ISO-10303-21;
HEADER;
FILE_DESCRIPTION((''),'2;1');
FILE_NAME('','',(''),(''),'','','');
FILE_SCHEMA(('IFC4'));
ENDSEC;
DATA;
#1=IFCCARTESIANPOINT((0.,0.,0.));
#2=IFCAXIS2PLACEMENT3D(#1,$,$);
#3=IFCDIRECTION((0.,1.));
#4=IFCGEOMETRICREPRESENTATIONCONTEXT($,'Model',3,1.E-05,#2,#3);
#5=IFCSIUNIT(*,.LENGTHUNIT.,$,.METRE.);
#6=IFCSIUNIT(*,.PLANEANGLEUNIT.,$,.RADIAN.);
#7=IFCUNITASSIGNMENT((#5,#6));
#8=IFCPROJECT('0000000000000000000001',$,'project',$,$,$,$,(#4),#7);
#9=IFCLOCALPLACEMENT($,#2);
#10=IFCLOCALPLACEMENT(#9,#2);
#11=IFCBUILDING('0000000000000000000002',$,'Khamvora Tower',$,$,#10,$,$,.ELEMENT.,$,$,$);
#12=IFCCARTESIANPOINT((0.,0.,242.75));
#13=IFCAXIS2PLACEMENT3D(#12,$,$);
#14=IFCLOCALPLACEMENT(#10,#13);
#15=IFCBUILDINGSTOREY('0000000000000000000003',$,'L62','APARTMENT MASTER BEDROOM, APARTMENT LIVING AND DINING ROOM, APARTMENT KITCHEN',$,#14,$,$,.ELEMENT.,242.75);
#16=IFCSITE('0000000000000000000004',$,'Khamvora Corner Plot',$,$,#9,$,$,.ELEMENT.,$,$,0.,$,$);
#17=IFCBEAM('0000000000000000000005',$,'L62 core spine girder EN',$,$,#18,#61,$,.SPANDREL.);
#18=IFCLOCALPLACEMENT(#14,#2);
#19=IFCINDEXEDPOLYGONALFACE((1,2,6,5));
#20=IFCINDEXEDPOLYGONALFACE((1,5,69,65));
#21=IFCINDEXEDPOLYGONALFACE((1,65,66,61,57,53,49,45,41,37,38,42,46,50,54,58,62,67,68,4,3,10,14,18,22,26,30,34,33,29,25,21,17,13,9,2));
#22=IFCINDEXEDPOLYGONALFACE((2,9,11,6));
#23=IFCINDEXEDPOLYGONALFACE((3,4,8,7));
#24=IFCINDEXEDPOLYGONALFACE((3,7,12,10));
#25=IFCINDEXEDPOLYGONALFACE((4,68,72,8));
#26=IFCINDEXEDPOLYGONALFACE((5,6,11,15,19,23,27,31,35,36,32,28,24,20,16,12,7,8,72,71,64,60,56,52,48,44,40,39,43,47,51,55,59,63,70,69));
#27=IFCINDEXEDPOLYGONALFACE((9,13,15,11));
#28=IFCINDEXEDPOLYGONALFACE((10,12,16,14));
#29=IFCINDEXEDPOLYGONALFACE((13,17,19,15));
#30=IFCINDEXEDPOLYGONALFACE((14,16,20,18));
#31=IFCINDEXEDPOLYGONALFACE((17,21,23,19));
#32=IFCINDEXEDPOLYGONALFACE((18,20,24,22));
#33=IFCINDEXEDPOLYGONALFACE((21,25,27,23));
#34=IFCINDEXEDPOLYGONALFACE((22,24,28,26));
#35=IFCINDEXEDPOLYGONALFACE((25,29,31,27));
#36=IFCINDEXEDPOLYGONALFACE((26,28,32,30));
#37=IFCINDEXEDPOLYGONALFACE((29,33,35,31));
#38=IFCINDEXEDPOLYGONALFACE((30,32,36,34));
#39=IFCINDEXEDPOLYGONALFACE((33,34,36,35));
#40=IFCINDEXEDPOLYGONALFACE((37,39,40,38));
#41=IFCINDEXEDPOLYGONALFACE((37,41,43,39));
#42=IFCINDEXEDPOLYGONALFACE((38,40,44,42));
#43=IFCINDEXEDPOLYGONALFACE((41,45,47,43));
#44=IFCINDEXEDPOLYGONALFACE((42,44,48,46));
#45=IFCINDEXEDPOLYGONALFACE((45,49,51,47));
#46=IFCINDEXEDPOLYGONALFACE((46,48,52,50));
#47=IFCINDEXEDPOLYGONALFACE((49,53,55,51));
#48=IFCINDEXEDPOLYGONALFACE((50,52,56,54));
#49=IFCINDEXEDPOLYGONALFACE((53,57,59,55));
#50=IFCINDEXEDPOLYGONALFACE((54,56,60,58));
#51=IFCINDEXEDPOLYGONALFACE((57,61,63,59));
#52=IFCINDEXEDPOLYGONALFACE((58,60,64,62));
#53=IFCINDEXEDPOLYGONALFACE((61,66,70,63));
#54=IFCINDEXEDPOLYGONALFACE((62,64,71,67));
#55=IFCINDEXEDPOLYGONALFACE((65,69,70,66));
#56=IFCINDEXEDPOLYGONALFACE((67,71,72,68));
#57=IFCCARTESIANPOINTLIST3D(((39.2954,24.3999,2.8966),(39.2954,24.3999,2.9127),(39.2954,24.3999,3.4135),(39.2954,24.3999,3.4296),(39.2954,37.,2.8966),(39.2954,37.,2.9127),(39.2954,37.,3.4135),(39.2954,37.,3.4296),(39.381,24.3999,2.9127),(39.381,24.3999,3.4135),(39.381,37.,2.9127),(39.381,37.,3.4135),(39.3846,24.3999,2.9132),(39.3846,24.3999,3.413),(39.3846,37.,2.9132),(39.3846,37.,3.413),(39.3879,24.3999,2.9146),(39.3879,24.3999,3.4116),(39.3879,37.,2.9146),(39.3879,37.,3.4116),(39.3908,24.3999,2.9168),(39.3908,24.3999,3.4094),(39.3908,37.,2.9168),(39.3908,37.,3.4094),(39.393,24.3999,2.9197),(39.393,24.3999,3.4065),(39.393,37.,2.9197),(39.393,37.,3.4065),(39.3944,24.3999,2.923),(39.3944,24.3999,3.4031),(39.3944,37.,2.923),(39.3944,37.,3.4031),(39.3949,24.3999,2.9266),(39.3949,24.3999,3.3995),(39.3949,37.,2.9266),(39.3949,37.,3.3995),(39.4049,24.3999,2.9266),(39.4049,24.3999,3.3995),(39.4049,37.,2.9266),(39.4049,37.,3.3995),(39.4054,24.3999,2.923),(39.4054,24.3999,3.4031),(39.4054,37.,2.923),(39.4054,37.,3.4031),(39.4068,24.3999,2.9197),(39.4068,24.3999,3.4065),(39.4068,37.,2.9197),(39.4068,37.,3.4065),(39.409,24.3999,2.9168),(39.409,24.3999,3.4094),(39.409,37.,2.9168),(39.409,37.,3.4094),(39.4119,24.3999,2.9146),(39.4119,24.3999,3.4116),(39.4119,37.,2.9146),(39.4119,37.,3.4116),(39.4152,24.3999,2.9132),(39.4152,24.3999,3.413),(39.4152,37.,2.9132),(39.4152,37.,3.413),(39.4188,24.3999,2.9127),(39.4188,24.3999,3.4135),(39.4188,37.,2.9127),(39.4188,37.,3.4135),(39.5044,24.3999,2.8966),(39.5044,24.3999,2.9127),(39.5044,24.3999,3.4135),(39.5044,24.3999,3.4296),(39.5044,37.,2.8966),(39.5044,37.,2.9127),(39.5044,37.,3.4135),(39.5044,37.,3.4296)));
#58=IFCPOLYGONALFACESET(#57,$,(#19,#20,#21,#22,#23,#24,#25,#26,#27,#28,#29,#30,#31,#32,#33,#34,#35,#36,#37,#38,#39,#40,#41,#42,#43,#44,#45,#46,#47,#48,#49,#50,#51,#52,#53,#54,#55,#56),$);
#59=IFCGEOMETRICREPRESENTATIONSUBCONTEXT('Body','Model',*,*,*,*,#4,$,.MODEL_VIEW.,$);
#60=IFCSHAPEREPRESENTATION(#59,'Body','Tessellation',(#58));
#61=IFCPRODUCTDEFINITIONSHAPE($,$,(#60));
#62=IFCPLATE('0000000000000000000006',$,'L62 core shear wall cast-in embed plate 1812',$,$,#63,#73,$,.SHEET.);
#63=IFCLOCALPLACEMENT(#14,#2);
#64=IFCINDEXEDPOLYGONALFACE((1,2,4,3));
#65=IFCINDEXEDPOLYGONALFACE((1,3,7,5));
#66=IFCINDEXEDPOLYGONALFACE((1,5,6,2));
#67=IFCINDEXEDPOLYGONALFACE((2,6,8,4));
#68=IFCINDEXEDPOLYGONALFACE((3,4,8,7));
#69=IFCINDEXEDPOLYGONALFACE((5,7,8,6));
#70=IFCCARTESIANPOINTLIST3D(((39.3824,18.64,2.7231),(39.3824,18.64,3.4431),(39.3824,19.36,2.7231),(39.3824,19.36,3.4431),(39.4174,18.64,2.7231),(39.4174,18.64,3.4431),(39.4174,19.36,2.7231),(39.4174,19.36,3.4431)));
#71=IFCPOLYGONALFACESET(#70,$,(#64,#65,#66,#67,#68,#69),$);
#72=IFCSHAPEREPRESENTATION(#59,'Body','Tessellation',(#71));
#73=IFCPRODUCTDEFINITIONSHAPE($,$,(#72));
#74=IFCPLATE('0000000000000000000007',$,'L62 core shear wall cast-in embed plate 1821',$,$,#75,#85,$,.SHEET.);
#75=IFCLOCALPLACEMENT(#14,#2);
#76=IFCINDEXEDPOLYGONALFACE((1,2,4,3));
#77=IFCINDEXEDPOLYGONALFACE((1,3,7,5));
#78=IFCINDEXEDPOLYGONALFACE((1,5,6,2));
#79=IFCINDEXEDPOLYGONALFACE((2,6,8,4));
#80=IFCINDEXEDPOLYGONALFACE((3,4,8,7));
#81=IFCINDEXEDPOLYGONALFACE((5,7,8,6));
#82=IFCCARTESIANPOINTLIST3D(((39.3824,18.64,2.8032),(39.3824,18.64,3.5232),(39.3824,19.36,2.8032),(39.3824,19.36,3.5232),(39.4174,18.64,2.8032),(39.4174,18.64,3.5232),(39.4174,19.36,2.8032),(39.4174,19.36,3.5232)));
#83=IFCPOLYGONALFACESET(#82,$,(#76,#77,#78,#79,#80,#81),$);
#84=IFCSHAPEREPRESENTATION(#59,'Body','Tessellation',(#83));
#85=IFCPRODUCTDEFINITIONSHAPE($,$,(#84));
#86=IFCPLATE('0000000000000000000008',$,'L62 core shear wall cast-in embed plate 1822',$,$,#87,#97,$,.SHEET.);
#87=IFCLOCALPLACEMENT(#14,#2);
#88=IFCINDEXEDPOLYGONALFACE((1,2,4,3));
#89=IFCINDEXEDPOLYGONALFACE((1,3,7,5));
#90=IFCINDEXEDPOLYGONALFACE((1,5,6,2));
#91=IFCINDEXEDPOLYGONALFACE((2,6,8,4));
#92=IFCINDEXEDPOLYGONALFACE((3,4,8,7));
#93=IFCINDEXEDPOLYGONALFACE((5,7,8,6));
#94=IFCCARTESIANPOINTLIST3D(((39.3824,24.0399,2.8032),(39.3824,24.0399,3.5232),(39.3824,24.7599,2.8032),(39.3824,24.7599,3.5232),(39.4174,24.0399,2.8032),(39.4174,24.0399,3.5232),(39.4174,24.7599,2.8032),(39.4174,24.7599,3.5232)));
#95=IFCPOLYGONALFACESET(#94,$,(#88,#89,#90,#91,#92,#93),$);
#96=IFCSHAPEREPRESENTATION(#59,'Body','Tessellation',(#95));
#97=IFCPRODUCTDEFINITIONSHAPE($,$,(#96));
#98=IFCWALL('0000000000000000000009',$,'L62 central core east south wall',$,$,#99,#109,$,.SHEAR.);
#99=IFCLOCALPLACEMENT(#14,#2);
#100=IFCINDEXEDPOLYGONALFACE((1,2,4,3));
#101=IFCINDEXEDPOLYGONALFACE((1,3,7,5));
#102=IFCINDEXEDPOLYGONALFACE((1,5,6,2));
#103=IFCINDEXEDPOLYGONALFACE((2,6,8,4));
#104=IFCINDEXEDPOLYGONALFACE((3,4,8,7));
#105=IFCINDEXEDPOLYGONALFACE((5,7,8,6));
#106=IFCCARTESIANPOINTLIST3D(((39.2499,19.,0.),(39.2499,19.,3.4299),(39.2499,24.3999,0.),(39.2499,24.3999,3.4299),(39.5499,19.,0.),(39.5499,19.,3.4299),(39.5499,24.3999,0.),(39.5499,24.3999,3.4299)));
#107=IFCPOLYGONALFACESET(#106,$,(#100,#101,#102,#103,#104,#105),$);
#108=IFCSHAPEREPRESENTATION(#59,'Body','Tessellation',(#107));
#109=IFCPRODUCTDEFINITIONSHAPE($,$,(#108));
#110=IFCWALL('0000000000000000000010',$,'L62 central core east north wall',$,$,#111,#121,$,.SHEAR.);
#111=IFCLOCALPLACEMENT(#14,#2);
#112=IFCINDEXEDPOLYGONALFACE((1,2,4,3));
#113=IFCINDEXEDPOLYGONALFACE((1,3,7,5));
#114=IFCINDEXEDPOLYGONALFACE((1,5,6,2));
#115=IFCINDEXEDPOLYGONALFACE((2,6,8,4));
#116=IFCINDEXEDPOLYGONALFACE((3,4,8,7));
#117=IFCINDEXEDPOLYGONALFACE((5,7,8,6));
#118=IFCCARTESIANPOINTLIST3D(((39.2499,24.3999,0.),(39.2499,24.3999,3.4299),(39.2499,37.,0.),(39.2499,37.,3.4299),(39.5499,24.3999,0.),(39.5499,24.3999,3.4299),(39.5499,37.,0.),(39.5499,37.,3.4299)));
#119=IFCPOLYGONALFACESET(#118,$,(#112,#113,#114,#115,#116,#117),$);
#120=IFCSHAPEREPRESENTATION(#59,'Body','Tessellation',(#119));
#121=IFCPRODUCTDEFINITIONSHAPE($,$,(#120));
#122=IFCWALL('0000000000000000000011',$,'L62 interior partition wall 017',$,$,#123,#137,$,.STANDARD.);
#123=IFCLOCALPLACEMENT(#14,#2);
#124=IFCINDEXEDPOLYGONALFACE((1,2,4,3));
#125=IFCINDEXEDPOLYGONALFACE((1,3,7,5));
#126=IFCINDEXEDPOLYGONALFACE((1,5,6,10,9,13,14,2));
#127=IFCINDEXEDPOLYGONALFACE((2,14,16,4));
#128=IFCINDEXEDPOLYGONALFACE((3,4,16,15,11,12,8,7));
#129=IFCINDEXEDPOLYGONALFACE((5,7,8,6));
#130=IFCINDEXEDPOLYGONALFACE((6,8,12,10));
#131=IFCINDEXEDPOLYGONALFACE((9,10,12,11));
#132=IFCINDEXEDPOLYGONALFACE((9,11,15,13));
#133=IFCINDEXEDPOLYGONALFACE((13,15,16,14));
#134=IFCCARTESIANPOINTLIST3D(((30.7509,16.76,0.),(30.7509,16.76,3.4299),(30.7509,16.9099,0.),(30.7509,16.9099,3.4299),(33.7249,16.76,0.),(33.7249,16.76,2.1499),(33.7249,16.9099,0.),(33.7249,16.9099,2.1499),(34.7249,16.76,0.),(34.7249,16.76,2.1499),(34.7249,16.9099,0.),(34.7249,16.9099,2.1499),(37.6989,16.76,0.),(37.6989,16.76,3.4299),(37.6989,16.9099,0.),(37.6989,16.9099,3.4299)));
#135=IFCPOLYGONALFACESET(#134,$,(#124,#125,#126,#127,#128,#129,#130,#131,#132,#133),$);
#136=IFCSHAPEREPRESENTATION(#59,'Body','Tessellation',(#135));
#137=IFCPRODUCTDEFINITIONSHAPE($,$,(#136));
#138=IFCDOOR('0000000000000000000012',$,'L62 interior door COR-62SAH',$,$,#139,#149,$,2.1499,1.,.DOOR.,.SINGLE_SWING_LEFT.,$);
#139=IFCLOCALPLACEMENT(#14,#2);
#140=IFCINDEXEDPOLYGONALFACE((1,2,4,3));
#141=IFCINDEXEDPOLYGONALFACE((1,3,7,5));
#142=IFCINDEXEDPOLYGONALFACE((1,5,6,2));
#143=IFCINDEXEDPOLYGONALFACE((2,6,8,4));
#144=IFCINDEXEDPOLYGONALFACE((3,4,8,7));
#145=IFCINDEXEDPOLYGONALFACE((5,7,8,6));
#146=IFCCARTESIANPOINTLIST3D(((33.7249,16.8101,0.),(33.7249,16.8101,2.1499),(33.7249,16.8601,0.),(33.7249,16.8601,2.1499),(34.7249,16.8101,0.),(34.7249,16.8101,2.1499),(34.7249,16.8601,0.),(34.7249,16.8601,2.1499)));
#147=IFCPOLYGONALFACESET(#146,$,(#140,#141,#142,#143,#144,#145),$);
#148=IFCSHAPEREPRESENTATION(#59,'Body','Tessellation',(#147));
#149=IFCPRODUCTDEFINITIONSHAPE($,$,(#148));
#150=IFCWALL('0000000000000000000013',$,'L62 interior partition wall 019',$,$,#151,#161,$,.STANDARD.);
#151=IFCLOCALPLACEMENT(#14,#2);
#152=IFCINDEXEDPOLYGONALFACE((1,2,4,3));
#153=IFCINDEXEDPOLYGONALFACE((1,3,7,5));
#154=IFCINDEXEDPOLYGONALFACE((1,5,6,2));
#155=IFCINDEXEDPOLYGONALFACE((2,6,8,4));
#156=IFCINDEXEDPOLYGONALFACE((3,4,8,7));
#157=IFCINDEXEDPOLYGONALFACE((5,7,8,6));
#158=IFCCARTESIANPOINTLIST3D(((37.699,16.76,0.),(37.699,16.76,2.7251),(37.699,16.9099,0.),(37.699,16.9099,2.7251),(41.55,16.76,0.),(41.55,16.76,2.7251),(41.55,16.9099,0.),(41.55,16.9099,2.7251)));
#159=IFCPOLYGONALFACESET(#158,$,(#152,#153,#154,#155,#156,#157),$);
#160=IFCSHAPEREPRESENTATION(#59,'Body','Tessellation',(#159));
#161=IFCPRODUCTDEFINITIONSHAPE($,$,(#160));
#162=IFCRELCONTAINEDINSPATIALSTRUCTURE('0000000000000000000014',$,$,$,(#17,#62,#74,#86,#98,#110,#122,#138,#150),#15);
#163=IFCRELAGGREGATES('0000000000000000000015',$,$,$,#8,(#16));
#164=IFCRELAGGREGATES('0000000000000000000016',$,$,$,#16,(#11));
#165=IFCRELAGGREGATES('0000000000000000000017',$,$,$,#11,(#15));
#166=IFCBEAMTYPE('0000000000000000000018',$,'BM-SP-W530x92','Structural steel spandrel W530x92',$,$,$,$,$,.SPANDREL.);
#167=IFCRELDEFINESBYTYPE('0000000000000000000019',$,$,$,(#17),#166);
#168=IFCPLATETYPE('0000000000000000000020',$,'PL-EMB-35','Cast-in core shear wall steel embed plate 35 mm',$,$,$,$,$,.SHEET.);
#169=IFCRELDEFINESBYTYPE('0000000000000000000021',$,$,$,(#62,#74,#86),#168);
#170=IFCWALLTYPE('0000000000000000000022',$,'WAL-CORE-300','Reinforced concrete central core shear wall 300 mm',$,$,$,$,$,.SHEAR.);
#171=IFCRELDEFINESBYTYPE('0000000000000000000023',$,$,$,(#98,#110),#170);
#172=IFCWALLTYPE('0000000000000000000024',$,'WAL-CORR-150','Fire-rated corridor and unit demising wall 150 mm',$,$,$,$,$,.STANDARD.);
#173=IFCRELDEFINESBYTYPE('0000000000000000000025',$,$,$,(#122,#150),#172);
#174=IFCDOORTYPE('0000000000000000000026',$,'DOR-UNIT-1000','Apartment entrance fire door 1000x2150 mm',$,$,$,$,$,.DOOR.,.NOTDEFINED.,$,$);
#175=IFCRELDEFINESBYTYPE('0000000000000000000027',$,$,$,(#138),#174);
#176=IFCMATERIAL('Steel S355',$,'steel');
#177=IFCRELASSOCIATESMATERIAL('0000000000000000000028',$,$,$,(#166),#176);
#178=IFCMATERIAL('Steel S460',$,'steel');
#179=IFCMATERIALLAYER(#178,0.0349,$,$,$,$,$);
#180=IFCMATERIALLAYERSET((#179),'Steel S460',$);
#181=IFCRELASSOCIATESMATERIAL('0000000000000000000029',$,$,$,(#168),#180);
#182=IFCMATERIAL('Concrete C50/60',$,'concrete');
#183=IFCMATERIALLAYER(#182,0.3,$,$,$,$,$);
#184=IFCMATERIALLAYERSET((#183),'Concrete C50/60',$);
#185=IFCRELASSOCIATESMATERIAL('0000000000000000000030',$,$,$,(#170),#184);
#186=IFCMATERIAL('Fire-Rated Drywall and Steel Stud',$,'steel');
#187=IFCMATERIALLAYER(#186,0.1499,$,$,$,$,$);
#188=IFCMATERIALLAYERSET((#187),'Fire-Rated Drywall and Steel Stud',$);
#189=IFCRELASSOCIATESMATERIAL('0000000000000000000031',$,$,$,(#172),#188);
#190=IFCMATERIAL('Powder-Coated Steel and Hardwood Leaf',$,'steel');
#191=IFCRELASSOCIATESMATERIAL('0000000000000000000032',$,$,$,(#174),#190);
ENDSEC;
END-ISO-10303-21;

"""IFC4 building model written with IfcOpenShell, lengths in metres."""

from ifc_helpers import new_model, si_unit, direction, frame, frame_2d, origin, origin_2d, place, context, subcontext, project, spatial, rectangle, i_section, extrude, material, layer, layer_set, material_profile, profile_set, type_object, element, fill, save


model = new_model("IFC4")

# Units and contexts
model_context = context("Model", 3, precision=1e-05, world=origin(), true_north=direction((0.0, 1.0)))
body_context = subcontext(model_context, "Body", "Model", "MODEL_VIEW")
ifc_project = project(units=[si_unit("LENGTHUNIT", "METRE"), si_unit("PLANEANGLEUNIT", "RADIAN")], contexts=[model_context])

# Site, building, storey
site_placement = place(None, origin())
site = spatial("IfcSite", under=ifc_project, at=site_placement, Name="Khamvora Corner Plot", CompositionType="ELEMENT", RefElevation=0.0)
building_placement = place(site_placement, origin())
building = spatial("IfcBuilding", under=site, at=building_placement, Name="Khamvora Tower", CompositionType="ELEMENT")
storey_placement = place(building_placement, frame((0.0, 0.0, 242.75)))
storey = spatial("IfcBuildingStorey", under=building, at=storey_placement, Name="L62", Description="APARTMENT MASTER BEDROOM, APARTMENT LIVING AND DINING ROOM, APARTMENT KITCHEN", CompositionType="ELEMENT", Elevation=242.75)

# Shared definitions
ifc_material_1 = material(Name="Steel S355", Category="steel")

# Beam
ifc_material_profile_1 = material_profile(ifc_material_1, i_section(OverallWidth=0.209, OverallDepth=0.533, WebThickness=0.01, FlangeThickness=0.0161, FilletRadius=0.0139, at=origin_2d()), Name="W530x92")
ifc_profile_set_1 = profile_set([ifc_material_profile_1], Name="Steel S355")
beam_type_1 = type_object("IfcBeamType", Name="BM-SP-W530x92", Description="Structural steel spandrel W530x92", PredefinedType="SPANDREL", material=ifc_profile_set_1)
beam_1_placement = place(storey_placement, frame((39.3999, 24.3999, 3.1631), z_axis=(0.0, 1.0, 0.0), x_axis=(-1.0, 0.0, 0.0)))
element("IfcBeam", 1, at=beam_1_placement, inside=storey, type_object=beam_type_1, Name="L62 core spine girder EN", PredefinedType="SPANDREL", context=body_context, shape_type="SweptSolid", body=[
    extrude(i_section(OverallWidth=0.209, OverallDepth=0.533, WebThickness=0.01, FlangeThickness=0.0161, FilletRadius=0.0139, at=origin_2d()), origin(), (0.0, 0.0, 1.0), 12.6001),
])

# Plates
ifc_material_2 = material(Name="Steel S460", Category="steel")
ifc_layer_1 = layer(ifc_material_2, 0.0349)
ifc_layer_set_1 = layer_set([ifc_layer_1], Name="Steel S460")
plate_type = type_object("IfcPlateType", Name="PL-EMB-35", Description="Cast-in core shear wall steel embed plate 35 mm", PredefinedType="SHEET", material=ifc_layer_set_1)
for number, where, z_axis, x_axis, name in (
    (2, (39.3999, 19.0, 2.7231), (0.0, 0.0, 1.0), (1.0, 0.0, 0.0), "L62 core shear wall cast-in embed plate 1812"),
    (3, (39.3999, 19.0, 2.8032), (0.0, 0.0, 1.0), (1.0, 0.0, 0.0), "L62 core shear wall cast-in embed plate 1821"),
    (4, (39.3999, 24.3999, 2.8032), (0.0, 0.0, 1.0), (1.0, 0.0, 0.0), "L62 core shear wall cast-in embed plate 1822"),
):
    element("IfcPlate", number, at=place(storey_placement, frame(where, z_axis=z_axis, x_axis=x_axis)), inside=storey, type_object=plate_type, Name=name, PredefinedType="SHEET", context=body_context, shape_type="SweptSolid", body=[
        extrude(rectangle(XDim=0.0349, YDim=0.72, at=origin_2d()), origin(), (0.0, 0.0, 1.0), 0.72),
    ])

# Walls
ifc_material_3 = material(Name="Concrete C50/60", Category="concrete")
ifc_layer_2 = layer(ifc_material_3, 0.3)
ifc_layer_set_2 = layer_set([ifc_layer_2], Name="Concrete C50/60")
wall_type_1 = type_object("IfcWallType", Name="WAL-CORE-300", Description="Reinforced concrete central core shear wall 300 mm", PredefinedType="SHEAR", material=ifc_layer_set_2)
wall_1_placement = place(storey_placement, frame((39.3999, 19.0, 0.0), z_axis=(0.0, 0.0, 1.0), x_axis=(0.0, 1.0, 0.0)))
element("IfcWall", 5, at=wall_1_placement, inside=storey, type_object=wall_type_1, Name="L62 central core east south wall", PredefinedType="SHEAR", context=body_context, shape_type="SweptSolid", body=[
    extrude(rectangle(XDim=5.3999, YDim=0.3, at=frame_2d((2.7, 0.0))), origin(), (0.0, 0.0, 1.0), 3.4299),
])
wall_2_placement = place(storey_placement, frame((39.3999, 24.3999, 0.0), z_axis=(0.0, 0.0, 1.0), x_axis=(0.0, 1.0, 0.0)))
element("IfcWall", 6, at=wall_2_placement, inside=storey, type_object=wall_type_1, Name="L62 central core east north wall", PredefinedType="SHEAR", context=body_context, shape_type="SweptSolid", body=[
    extrude(rectangle(XDim=12.6001, YDim=0.3, at=frame_2d((6.3, 0.0))), origin(), (0.0, 0.0, 1.0), 3.4299),
])

# Wall, opening, door
ifc_material_4 = material(Name="Fire-Rated Drywall and Steel Stud", Category="steel")
ifc_layer_3 = layer(ifc_material_4, 0.1499)
ifc_layer_set_3 = layer_set([ifc_layer_3], Name="Fire-Rated Drywall and Steel Stud")
wall_type_2 = type_object("IfcWallType", Name="WAL-CORR-150", Description="Fire-rated corridor and unit demising wall 150 mm", PredefinedType="STANDARD", material=ifc_layer_set_3)
wall_3_placement = place(storey_placement, frame((37.699, 16.835, 0.0), z_axis=(0.0, 0.0, 1.0), x_axis=(-1.0, 0.0, 0.0)))
wall_3 = element("IfcWall", 7, at=wall_3_placement, inside=storey, type_object=wall_type_2, Name="L62 interior partition wall 017", PredefinedType="STANDARD", context=body_context, shape_type="SweptSolid", body=[
    extrude(rectangle(XDim=6.948, YDim=0.1499, at=frame_2d((3.4741, 0.0))), origin(), (0.0, 0.0, 1.0), 3.4299),
])
opening_1_placement = place(wall_3_placement, frame((2.9741, 0.0, 0.0)))
opening_1 = element("IfcOpeningElement", 8, at=opening_1_placement, cuts=wall_3, PredefinedType="OPENING", context=body_context, shape_type="SweptSolid", body=[
    extrude(rectangle(XDim=1.0, YDim=2.1499, at=frame_2d((0.5, 1.075))), frame((0.0, 0.085, 0.0), z_axis=(0.0, -1.0, 0.0), x_axis=(1.0, 0.0, 0.0)), (0.0, 0.0, 1.0), 0.1699),
])
ifc_material_5 = material(Name="Powder-Coated Steel and Hardwood Leaf", Category="steel")
door_type_1 = type_object("IfcDoorType", Name="DOR-UNIT-1000", Description="Apartment entrance fire door 1000x2150 mm", OperationType="NOTDEFINED", PredefinedType="DOOR", material=ifc_material_5)
door_1_placement = place(opening_1_placement, origin())
door_1 = element("IfcDoor", 9, at=door_1_placement, inside=storey, type_object=door_type_1, Name="L62 interior door COR-62SAH", OperationType="SINGLE_SWING_LEFT", OverallHeight=2.1499, OverallWidth=1.0, PredefinedType="DOOR", context=body_context, shape_type="SweptSolid", body=[
    extrude(rectangle(XDim=1.0, YDim=2.1499, at=frame_2d((0.5, 1.075))), frame((0.0, 0.0249, 0.0), z_axis=(0.0, -1.0, 0.0), x_axis=(1.0, 0.0, 0.0)), (0.0, 0.0, 1.0), 0.05),
])
fill(opening_1, door_1)

# Wall
wall_4_placement = place(storey_placement, frame((41.55, 16.835, 0.0), z_axis=(0.0, 0.0, 1.0), x_axis=(-1.0, 0.0, 0.0)))
element("IfcWall", 10, at=wall_4_placement, inside=storey, type_object=wall_type_2, Name="L62 interior partition wall 019", PredefinedType="STANDARD", context=body_context, shape_type="SweptSolid", body=[
    extrude(rectangle(XDim=3.8511, YDim=0.1499, at=frame_2d((1.9255, 0.0))), origin(), (0.0, 0.0, 1.0), 2.7251),
])

save(model, "model.ifc")
